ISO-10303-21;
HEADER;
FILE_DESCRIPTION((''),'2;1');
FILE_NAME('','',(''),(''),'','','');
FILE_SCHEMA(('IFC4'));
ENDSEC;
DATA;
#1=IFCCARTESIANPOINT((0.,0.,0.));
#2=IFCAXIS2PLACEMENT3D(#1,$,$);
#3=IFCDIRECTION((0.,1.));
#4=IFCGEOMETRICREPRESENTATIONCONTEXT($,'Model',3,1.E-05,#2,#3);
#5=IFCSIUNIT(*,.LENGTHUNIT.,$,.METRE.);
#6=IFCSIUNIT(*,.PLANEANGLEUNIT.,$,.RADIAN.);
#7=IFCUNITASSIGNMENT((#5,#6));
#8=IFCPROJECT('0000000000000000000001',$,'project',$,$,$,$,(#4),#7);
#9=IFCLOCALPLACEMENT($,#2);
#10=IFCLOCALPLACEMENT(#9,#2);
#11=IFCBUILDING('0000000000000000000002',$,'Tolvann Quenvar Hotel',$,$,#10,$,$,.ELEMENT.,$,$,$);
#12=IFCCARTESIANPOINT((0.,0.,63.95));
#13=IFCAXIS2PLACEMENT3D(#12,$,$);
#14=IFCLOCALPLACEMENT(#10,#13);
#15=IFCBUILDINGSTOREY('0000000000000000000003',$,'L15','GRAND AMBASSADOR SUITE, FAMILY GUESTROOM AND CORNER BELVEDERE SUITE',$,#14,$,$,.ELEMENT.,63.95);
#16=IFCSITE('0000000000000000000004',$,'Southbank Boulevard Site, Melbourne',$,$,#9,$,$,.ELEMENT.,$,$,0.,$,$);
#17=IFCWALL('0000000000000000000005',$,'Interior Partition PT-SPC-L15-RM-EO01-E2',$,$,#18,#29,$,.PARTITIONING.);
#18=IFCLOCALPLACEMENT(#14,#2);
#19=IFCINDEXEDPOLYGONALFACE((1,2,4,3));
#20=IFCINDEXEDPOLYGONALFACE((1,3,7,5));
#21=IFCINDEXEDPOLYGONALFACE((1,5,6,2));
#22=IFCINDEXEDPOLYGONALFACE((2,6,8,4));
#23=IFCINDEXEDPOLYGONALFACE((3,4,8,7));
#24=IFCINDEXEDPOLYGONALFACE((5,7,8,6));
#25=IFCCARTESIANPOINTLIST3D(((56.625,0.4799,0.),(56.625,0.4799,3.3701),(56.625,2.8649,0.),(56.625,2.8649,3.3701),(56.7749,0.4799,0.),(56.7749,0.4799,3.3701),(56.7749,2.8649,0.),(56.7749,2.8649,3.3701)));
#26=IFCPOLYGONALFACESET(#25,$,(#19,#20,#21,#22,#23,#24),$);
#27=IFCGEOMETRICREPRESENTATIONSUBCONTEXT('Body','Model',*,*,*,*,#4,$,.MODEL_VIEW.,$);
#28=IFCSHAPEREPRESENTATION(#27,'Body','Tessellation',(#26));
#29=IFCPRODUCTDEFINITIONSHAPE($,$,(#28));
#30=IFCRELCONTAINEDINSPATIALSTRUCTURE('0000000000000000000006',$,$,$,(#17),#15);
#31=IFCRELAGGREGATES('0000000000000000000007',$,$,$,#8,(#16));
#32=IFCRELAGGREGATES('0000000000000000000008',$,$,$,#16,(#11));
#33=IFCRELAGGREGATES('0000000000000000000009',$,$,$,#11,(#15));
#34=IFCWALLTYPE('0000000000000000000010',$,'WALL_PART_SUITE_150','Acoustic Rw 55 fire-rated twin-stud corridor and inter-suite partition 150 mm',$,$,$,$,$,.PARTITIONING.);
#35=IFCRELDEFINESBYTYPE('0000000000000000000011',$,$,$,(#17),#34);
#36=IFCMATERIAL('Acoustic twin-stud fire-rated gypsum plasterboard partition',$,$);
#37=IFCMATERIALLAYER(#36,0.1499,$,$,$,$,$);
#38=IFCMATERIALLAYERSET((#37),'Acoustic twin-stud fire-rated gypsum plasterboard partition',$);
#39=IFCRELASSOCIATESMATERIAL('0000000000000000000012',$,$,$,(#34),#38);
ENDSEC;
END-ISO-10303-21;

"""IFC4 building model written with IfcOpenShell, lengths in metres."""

from ifc_helpers import new_model, si_unit, direction, frame, frame_2d, origin, place, context, subcontext, project, spatial, rectangle, extrude, material, layer, layer_set, type_object, element, save


model = new_model("IFC4")

# Units and contexts
model_context = context("Model", 3, precision=1e-05, world=origin(), true_north=direction((0.0, 1.0)))
body_context = subcontext(model_context, "Body", "Model", "MODEL_VIEW")
ifc_project = project(units=[si_unit("LENGTHUNIT", "METRE"), si_unit("PLANEANGLEUNIT", "RADIAN")], contexts=[model_context])

# Site, building, storey
site_placement = place(None, origin())
site = spatial("IfcSite", under=ifc_project, at=site_placement, Name="Southbank Boulevard Site, Melbourne", CompositionType="ELEMENT", RefElevation=0.0)
building_placement = place(site_placement, origin())
building = spatial("IfcBuilding", under=site, at=building_placement, Name="Tolvann Quenvar Hotel", CompositionType="ELEMENT")
storey_placement = place(building_placement, frame((0.0, 0.0, 63.95)))
storey = spatial("IfcBuildingStorey", under=building, at=storey_placement, Name="L15", Description="GRAND AMBASSADOR SUITE, FAMILY GUESTROOM AND CORNER BELVEDERE SUITE", CompositionType="ELEMENT", Elevation=63.95)

# Shared definitions
ifc_material_1 = material(Name="Acoustic twin-stud fire-rated gypsum plasterboard partition")
ifc_layer_1 = layer(ifc_material_1, 0.1499)
ifc_layer_set_1 = layer_set([ifc_layer_1], Name="Acoustic twin-stud fire-rated gypsum plasterboard partition")
wall_type_1 = type_object("IfcWallType", Name="WALL_PART_SUITE_150", Description="Acoustic Rw 55 fire-rated twin-stud corridor and inter-suite partition 150 mm", PredefinedType="PARTITIONING", material=ifc_layer_set_1)

# Wall
wall_1_placement = place(storey_placement, frame((56.7, 0.48, 0.0), z_axis=(0.0, 0.0, 1.0), x_axis=(0.0, 1.0, 0.0)))
element("IfcWall", 1, at=wall_1_placement, inside=storey, type_object=wall_type_1, Name="Interior Partition PT-SPC-L15-RM-EO01-E2", PredefinedType="PARTITIONING", context=body_context, shape_type="SweptSolid", body=[
    extrude(rectangle(XDim=2.385, YDim=0.1499, at=frame_2d((1.1924, 0.0))), origin(), (0.0, 0.0, 1.0), 3.3701),
])

save(model, "model.ifc")
